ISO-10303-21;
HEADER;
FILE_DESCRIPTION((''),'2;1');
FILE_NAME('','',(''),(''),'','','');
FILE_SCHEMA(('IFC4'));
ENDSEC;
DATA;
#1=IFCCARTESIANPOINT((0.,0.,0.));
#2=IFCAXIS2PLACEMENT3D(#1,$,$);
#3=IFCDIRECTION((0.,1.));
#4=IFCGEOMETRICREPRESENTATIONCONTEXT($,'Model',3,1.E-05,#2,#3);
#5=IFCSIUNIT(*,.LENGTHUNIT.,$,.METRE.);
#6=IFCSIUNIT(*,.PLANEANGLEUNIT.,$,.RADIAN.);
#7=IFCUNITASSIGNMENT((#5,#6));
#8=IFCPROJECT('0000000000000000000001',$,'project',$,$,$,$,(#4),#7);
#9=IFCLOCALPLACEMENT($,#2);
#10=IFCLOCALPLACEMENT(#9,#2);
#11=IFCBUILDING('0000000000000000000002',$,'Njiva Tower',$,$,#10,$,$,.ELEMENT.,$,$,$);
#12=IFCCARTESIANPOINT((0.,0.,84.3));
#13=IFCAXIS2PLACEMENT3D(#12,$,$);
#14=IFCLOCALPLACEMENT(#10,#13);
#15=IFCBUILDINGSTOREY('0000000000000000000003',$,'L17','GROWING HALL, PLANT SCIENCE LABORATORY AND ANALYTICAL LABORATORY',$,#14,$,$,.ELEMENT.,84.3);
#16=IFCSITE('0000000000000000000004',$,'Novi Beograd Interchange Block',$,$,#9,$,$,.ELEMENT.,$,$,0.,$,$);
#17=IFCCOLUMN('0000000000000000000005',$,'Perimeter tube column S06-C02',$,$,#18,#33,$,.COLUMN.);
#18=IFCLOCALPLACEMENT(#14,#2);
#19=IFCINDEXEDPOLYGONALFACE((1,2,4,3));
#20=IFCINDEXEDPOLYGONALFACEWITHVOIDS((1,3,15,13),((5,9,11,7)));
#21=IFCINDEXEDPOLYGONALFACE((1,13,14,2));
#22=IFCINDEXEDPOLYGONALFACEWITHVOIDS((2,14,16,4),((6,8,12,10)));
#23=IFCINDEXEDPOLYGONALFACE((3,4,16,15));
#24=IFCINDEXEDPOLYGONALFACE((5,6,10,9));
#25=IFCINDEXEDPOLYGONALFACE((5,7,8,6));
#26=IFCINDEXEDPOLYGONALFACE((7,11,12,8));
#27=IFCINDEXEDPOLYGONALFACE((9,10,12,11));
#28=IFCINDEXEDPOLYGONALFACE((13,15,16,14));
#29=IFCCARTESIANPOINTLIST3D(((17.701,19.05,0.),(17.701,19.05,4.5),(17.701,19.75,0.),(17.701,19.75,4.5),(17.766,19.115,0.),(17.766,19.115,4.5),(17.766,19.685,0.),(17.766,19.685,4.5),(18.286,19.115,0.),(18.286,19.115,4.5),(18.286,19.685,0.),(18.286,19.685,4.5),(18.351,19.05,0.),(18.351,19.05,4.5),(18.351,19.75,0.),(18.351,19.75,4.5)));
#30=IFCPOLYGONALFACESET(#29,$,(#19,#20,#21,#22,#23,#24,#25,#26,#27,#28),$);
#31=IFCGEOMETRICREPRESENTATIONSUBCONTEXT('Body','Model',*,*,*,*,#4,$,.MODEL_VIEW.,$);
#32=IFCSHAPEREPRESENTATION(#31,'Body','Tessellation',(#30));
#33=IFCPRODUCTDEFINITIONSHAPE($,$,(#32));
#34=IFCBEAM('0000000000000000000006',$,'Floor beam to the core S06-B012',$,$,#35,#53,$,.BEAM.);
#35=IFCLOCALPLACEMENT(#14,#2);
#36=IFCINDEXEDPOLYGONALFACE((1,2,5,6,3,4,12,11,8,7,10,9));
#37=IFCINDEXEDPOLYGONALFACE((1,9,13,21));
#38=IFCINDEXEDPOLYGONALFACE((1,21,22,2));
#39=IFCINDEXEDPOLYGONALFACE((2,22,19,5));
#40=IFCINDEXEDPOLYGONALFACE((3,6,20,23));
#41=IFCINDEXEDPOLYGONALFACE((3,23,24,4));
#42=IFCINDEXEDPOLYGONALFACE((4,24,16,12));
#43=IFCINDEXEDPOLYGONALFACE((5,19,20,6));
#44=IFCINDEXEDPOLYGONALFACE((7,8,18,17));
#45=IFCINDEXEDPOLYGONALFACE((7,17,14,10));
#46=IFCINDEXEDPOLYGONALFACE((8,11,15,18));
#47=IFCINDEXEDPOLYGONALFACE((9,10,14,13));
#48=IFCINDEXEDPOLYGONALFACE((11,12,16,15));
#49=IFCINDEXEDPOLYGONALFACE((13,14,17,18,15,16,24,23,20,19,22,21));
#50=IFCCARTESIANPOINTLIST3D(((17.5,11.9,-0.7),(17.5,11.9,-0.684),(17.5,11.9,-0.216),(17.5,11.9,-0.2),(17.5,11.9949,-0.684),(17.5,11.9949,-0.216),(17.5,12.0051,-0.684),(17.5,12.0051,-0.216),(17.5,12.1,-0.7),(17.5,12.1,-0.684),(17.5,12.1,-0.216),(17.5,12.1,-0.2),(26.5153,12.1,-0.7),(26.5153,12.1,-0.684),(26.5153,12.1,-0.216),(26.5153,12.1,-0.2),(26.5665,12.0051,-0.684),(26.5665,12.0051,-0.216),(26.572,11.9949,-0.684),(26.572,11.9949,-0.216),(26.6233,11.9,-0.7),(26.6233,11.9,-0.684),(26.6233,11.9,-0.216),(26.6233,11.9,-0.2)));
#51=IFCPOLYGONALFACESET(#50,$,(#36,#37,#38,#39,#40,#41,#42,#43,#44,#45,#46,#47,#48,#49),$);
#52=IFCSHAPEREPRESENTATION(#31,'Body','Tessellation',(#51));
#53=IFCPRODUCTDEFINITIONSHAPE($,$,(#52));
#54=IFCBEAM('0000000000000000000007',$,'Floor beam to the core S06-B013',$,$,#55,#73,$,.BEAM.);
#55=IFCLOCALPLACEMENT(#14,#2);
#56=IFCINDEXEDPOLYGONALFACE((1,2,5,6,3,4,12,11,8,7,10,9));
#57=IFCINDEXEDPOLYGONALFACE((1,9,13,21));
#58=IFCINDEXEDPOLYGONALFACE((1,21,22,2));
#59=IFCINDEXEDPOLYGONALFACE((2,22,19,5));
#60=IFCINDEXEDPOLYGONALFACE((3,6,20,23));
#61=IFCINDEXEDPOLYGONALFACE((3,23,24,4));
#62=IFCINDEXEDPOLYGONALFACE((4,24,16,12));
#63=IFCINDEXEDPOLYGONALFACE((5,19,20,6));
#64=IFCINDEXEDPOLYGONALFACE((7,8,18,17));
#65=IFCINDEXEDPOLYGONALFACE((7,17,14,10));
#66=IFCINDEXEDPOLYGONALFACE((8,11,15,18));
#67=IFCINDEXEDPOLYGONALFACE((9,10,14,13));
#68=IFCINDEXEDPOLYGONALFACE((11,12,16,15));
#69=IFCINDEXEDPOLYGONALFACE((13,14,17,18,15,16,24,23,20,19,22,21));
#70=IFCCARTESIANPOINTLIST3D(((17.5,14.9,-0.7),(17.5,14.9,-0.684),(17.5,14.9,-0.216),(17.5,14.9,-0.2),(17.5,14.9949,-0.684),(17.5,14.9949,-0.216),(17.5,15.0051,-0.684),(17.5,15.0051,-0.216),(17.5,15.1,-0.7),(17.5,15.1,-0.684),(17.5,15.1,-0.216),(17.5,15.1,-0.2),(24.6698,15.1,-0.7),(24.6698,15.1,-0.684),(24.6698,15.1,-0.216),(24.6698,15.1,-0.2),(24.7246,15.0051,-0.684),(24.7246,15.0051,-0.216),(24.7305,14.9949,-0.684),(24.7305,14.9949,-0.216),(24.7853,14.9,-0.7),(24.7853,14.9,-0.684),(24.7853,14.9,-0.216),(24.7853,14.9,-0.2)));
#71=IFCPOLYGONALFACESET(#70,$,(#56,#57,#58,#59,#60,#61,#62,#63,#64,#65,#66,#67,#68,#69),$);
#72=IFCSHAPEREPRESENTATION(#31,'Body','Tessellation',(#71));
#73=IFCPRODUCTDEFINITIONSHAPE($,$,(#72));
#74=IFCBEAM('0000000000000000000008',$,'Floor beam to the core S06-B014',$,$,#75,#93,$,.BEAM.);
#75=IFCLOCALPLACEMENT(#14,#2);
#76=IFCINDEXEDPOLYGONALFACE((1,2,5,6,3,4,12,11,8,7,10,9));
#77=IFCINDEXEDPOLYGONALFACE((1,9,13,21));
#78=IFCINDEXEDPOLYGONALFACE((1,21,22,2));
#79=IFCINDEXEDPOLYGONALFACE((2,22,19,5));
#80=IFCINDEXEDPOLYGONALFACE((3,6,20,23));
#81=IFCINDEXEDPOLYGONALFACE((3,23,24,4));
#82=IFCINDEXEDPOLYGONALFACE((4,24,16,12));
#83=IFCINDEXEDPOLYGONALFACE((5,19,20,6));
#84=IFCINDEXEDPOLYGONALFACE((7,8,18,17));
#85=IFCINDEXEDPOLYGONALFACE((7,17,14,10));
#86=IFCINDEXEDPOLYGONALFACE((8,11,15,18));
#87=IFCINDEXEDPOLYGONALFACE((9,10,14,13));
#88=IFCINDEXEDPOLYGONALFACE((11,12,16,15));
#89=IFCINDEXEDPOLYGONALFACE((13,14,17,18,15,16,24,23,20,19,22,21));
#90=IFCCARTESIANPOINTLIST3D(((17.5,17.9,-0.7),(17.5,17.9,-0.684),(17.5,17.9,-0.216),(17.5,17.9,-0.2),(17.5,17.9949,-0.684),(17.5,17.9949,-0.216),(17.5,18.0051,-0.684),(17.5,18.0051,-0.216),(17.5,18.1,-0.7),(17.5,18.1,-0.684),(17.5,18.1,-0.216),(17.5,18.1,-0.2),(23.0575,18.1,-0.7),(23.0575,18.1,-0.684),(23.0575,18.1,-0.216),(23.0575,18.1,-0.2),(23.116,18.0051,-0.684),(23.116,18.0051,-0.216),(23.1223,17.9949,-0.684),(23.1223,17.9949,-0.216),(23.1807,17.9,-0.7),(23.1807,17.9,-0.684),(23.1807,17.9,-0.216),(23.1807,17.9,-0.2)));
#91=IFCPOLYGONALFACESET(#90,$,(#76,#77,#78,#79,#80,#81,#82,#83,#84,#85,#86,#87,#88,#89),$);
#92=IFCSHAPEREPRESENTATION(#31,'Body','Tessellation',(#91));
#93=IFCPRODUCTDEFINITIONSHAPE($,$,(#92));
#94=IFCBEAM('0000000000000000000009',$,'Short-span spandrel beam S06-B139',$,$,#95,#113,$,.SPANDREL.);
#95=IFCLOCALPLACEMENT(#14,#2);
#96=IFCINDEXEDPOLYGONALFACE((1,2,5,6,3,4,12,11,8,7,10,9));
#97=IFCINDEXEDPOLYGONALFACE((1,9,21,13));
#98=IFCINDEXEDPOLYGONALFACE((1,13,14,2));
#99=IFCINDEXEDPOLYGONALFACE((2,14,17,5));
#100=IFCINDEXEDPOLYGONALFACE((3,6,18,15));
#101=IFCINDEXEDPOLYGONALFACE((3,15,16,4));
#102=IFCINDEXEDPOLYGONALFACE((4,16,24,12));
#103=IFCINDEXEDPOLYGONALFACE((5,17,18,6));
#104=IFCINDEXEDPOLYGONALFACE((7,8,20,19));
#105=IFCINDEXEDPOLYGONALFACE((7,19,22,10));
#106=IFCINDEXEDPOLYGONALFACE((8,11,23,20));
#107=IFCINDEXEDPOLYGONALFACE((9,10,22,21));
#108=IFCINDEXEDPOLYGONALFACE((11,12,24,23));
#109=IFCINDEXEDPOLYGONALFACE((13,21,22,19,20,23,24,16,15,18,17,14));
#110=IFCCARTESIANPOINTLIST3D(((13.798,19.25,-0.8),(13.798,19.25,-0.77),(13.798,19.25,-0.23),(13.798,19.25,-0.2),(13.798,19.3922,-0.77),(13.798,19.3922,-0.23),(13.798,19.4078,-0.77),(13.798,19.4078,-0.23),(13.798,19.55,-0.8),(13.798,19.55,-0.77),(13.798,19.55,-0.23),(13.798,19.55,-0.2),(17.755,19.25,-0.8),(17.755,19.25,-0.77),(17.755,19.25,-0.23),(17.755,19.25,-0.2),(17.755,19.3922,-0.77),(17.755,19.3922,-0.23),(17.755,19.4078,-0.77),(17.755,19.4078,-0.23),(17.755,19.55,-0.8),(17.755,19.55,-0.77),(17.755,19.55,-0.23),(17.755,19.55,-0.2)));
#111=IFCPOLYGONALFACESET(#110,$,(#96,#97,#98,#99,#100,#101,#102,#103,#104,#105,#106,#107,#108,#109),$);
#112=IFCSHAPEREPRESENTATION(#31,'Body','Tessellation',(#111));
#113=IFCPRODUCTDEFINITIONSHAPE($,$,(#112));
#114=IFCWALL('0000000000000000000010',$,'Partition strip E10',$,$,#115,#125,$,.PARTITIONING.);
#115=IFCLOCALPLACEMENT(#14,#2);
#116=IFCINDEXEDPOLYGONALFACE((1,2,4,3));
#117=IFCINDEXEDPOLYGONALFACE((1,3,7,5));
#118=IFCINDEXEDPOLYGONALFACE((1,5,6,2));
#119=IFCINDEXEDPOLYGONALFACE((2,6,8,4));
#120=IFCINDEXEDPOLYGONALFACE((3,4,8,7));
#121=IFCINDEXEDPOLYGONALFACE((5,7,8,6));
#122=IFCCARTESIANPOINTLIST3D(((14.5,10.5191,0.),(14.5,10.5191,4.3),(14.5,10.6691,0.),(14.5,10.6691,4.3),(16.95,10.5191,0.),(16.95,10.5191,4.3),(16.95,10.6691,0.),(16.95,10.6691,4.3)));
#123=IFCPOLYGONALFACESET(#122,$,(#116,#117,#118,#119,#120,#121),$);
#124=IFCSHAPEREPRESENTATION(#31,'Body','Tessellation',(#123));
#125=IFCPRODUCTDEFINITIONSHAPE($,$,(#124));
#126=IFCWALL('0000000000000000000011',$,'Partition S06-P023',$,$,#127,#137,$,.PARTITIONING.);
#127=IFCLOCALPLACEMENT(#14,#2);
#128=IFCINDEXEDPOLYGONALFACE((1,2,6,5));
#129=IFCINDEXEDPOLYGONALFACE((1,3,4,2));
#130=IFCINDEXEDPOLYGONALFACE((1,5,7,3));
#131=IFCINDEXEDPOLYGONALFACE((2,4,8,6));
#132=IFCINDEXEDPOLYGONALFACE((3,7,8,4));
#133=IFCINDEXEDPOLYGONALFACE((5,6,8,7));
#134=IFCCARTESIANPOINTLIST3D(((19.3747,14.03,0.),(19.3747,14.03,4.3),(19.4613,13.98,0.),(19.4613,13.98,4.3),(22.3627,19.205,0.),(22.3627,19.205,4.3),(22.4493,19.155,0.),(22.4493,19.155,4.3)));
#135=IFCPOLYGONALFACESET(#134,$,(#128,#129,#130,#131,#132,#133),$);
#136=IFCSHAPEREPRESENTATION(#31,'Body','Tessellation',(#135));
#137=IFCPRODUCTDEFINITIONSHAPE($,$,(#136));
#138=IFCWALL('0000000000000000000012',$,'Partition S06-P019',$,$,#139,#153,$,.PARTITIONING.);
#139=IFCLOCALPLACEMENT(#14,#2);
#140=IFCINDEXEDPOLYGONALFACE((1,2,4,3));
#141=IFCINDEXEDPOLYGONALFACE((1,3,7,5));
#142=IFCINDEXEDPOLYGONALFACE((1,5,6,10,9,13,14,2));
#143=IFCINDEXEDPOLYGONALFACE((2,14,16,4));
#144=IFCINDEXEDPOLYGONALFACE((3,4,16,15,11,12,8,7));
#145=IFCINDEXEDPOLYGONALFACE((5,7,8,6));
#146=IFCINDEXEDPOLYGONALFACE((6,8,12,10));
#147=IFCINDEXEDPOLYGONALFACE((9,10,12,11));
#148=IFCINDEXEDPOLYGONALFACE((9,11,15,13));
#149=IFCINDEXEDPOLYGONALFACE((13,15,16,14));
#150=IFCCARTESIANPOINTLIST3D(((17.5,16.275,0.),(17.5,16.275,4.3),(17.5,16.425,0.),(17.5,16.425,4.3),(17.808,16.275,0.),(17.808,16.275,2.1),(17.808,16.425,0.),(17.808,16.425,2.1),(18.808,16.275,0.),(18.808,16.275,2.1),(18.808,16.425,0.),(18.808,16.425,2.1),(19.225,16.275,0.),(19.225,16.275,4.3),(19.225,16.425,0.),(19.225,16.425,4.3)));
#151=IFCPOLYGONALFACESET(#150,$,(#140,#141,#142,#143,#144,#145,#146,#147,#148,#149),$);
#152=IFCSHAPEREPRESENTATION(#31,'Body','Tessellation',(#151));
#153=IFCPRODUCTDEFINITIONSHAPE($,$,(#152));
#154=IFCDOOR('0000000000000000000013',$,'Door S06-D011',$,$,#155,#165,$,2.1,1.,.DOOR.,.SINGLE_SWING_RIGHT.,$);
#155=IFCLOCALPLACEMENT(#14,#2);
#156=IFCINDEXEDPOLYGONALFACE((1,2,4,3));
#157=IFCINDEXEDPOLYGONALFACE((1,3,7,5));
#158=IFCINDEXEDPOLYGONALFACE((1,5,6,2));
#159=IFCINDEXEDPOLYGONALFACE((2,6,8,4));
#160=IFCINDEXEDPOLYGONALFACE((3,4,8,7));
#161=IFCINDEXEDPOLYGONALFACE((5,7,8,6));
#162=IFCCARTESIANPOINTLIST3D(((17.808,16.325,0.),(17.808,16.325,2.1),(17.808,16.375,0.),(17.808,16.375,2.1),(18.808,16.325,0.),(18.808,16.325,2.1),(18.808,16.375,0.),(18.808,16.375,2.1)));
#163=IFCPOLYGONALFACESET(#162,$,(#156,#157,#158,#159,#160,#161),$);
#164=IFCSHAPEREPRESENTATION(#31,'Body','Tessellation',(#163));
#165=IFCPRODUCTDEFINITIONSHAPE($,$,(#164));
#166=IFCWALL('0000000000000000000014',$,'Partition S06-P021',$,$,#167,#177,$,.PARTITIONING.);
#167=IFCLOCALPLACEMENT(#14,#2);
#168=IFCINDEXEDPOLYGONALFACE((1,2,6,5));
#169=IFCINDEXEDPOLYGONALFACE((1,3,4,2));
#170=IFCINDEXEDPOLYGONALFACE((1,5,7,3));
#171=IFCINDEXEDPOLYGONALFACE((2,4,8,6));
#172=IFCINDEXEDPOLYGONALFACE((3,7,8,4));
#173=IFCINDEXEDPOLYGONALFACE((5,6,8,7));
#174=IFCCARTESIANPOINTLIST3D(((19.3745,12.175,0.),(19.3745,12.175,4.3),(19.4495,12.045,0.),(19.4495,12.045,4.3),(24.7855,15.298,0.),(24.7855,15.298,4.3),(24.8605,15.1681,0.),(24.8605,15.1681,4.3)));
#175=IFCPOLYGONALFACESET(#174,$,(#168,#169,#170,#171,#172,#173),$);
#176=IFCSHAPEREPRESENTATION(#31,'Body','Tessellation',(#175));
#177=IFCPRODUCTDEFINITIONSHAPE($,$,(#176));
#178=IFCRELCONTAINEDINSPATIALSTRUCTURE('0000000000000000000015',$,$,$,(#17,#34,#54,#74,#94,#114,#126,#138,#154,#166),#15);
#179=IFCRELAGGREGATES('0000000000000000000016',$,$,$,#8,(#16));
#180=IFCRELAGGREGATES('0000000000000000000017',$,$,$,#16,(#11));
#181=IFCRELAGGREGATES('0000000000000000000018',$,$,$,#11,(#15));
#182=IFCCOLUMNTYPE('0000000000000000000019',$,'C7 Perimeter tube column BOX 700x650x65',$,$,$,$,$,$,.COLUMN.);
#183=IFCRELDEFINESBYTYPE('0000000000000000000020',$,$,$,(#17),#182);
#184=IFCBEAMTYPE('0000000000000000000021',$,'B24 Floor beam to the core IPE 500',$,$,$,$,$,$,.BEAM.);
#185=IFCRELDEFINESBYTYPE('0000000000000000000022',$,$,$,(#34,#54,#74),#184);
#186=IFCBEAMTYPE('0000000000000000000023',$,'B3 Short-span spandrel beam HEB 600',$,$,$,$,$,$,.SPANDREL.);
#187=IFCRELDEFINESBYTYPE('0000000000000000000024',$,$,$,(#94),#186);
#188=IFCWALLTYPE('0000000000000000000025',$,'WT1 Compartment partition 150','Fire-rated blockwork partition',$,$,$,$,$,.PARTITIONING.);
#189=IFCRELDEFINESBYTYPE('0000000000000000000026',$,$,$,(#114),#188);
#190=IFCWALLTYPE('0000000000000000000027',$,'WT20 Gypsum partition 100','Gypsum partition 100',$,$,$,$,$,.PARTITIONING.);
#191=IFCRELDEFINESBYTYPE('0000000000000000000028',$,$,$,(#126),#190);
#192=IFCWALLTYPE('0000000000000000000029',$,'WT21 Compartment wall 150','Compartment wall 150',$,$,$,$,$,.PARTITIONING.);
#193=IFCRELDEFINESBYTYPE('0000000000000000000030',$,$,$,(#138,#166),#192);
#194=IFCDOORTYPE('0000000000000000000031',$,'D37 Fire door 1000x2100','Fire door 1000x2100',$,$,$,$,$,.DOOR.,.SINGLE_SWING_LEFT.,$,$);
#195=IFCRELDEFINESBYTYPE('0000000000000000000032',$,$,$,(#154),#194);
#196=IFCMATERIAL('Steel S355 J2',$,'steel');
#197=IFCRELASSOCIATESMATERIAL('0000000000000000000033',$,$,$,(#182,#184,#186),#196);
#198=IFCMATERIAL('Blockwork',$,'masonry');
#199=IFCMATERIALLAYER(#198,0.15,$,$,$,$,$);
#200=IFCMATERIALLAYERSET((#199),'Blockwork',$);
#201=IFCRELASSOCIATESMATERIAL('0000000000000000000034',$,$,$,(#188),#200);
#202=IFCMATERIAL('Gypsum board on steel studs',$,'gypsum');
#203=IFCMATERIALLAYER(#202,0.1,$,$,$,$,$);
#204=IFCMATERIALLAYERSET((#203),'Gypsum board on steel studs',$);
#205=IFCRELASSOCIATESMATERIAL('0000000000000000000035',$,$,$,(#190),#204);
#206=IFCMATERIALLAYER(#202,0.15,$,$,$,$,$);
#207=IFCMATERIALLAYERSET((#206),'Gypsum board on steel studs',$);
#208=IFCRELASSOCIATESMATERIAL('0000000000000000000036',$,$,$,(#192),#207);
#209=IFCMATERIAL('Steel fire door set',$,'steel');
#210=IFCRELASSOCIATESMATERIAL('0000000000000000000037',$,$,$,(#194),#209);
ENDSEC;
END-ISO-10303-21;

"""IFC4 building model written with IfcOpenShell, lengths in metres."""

from ifc_helpers import new_model, si_unit, direction, frame, frame_2d, origin, origin_2d, place, context, subcontext, project, spatial, rectangle, hollow_rectangle, i_section, extrude, clip, halfspace, material, layer, layer_set, material_profile, profile_set, type_object, element, fill, save


model = new_model("IFC4")

# Units and contexts
model_context = context("Model", 3, precision=1e-05, world=origin(), true_north=direction((0.0, 1.0)))
body_context = subcontext(model_context, "Body", "Model", "MODEL_VIEW")
ifc_project = project(units=[si_unit("LENGTHUNIT", "METRE"), si_unit("PLANEANGLEUNIT", "RADIAN")], contexts=[model_context])

# Site, building, storey
site_placement = place(None, origin())
site = spatial("IfcSite", under=ifc_project, at=site_placement, Name="Novi Beograd Interchange Block", CompositionType="ELEMENT", RefElevation=0.0)
building_placement = place(site_placement, origin())
building = spatial("IfcBuilding", under=site, at=building_placement, Name="Njiva Tower", CompositionType="ELEMENT")
storey_placement = place(building_placement, frame((0.0, 0.0, 84.3)))
storey = spatial("IfcBuildingStorey", under=building, at=storey_placement, Name="L17", Description="GROWING HALL, PLANT SCIENCE LABORATORY AND ANALYTICAL LABORATORY", CompositionType="ELEMENT", Elevation=84.3)

# Column
ifc_material_1 = material(Name="Steel S355 J2", Category="steel")
ifc_material_profile_1 = material_profile(ifc_material_1, hollow_rectangle(XDim=0.65, YDim=0.7, WallThickness=0.065, at=origin_2d()), Name="BOX 700x650x65")
ifc_profile_set_1 = profile_set([ifc_material_profile_1], Name="Steel S355 J2")
column_type = type_object("IfcColumnType", Name="C7 Perimeter tube column BOX 700x650x65", PredefinedType="COLUMN", material=ifc_profile_set_1)
column_placement = place(storey_placement, frame((18.026, 19.4, 0.0), z_axis=(0.0, 0.0, 1.0), x_axis=(-1.0, 0.0, 0.0)))
element("IfcColumn", 1, at=column_placement, inside=storey, type_object=column_type, Name="Perimeter tube column S06-C02", PredefinedType="COLUMN", context=body_context, shape_type="SweptSolid", body=[
    extrude(hollow_rectangle(XDim=0.65, YDim=0.7, WallThickness=0.065, at=origin_2d()), origin(), (0.0, 0.0, 1.0), 4.5),
])

# Beams
ifc_material_profile_2 = material_profile(ifc_material_1, i_section(OverallWidth=0.2, OverallDepth=0.5, WebThickness=0.0102, FlangeThickness=0.016, at=origin_2d()), Name="IPE 500")
ifc_profile_set_2 = profile_set([ifc_material_profile_2], Name="Steel S355 J2")
beam_type_1 = type_object("IfcBeamType", Name="B24 Floor beam to the core IPE 500", PredefinedType="BEAM", material=ifc_profile_set_2)
beam_1_placement = place(storey_placement, frame((17.5, 12.0, -0.45), z_axis=(1.0, 0.0, 0.0), x_axis=(0.0, 1.0, 0.0)))
element("IfcBeam", 2, at=beam_1_placement, inside=storey, type_object=beam_type_1, Name="Floor beam to the core S06-B012", PredefinedType="BEAM", context=body_context, shape_type="Clipping", body=[
    clip(extrude(i_section(OverallWidth=0.2, OverallDepth=0.5, WebThickness=0.0102, FlangeThickness=0.016, at=origin_2d()), origin(), (0.0, 0.0, 1.0), 9.143), halfspace(frame((0.0238, 0.0, 9.0564), z_axis=(0.47516, 0.0, 0.8799), x_axis=(0.0, 1.0, 0.0)), False)),
])
beam_2_placement = place(storey_placement, frame((17.5, 15.0, -0.45), z_axis=(1.0, 0.0, 0.0), x_axis=(0.0, 1.0, 0.0)))
element("IfcBeam", 3, at=beam_2_placement, inside=storey, type_object=beam_type_1, Name="Floor beam to the core S06-B013", PredefinedType="BEAM", context=body_context, shape_type="Clipping", body=[
    clip(extrude(i_section(OverallWidth=0.2, OverallDepth=0.5, WebThickness=0.0102, FlangeThickness=0.016, at=origin_2d()), origin(), (0.0, 0.0, 1.0), 7.306), halfspace(frame((0.025, 0.0, 7.2131), z_axis=(0.499998, 0.0, 0.866027), x_axis=(0.0, 1.0, 0.0)), False)),
])
beam_3_placement = place(storey_placement, frame((17.5, 18.0, -0.45), z_axis=(1.0, 0.0, 0.0), x_axis=(0.0, 1.0, 0.0)))
element("IfcBeam", 4, at=beam_3_placement, inside=storey, type_object=beam_type_1, Name="Floor beam to the core S06-B014", PredefinedType="BEAM", context=body_context, shape_type="Clipping", body=[
    clip(extrude(i_section(OverallWidth=0.2, OverallDepth=0.5, WebThickness=0.0102, FlangeThickness=0.016, at=origin_2d()), origin(), (0.0, 0.0, 1.0), 5.701), halfspace(frame((0.0262, 0.0, 5.603), z_axis=(0.524439, 0.0, 0.851448), x_axis=(0.0, 1.0, 0.0)), False)),
])
ifc_material_profile_3 = material_profile(ifc_material_1, i_section(OverallWidth=0.3, OverallDepth=0.6, WebThickness=0.0155, FlangeThickness=0.03, at=origin_2d()), Name="HEB 600")
ifc_profile_set_3 = profile_set([ifc_material_profile_3], Name="Steel S355 J2")
beam_type_2 = type_object("IfcBeamType", Name="B3 Short-span spandrel beam HEB 600", PredefinedType="SPANDREL", material=ifc_profile_set_3)
beam_4_placement = place(storey_placement, frame((17.755, 19.4, -0.5), z_axis=(-1.0, 0.0, 0.0), x_axis=(0.0, -1.0, 0.0)))
element("IfcBeam", 5, at=beam_4_placement, inside=storey, type_object=beam_type_2, Name="Short-span spandrel beam S06-B139", PredefinedType="SPANDREL", context=body_context, shape_type="SweptSolid", body=[
    extrude(i_section(OverallWidth=0.3, OverallDepth=0.6, WebThickness=0.0155, FlangeThickness=0.03, at=origin_2d()), origin(), (0.0, 0.0, 1.0), 3.957),
])

# Walls
ifc_material_2 = material(Name="Blockwork", Category="masonry")
ifc_layer_1 = layer(ifc_material_2, 0.15)
ifc_layer_set_1 = layer_set([ifc_layer_1], Name="Blockwork")
wall_type_1 = type_object("IfcWallType", Name="WT1 Compartment partition 150", Description="Fire-rated blockwork partition", PredefinedType="PARTITIONING", material=ifc_layer_set_1)
wall_1_placement = place(storey_placement, frame((14.5, 10.5941, 0.0), z_axis=(0.0, 0.0, 1.0), x_axis=(1.0, 0.0, 0.0)))
element("IfcWall", 6, at=wall_1_placement, inside=storey, type_object=wall_type_1, Name="Partition strip E10", PredefinedType="PARTITIONING", context=body_context, shape_type="SweptSolid", body=[
    extrude(rectangle(XDim=2.45, YDim=0.15, at=frame_2d((1.225, 0.0))), origin(), (0.0, 0.0, 1.0), 4.3),
])
ifc_material_3 = material(Name="Gypsum board on steel studs", Category="gypsum")
ifc_layer_2 = layer(ifc_material_3, 0.1)
ifc_layer_set_2 = layer_set([ifc_layer_2], Name="Gypsum board on steel studs")
wall_type_2 = type_object("IfcWallType", Name="WT20 Gypsum partition 100", Description="Gypsum partition 100", PredefinedType="PARTITIONING", material=ifc_layer_set_2)
wall_2_placement = place(storey_placement, frame((19.418, 14.005, 0.0), z_axis=(0.0, 0.0, 1.0), x_axis=(0.500027, 0.86601, 0.0)))
element("IfcWall", 7, at=wall_2_placement, inside=storey, type_object=wall_type_2, Name="Partition S06-P023", PredefinedType="PARTITIONING", context=body_context, shape_type="SweptSolid", body=[
    extrude(rectangle(XDim=5.9757, YDim=0.1, at=frame_2d((2.9878, 0.0))), origin(), (0.0, 0.0, 1.0), 4.3),
])

# Wall, opening, door
ifc_layer_3 = layer(ifc_material_3, 0.15)
ifc_layer_set_3 = layer_set([ifc_layer_3], Name="Gypsum board on steel studs")
wall_type_3 = type_object("IfcWallType", Name="WT21 Compartment wall 150", Description="Compartment wall 150", PredefinedType="PARTITIONING", material=ifc_layer_set_3)
wall_3_placement = place(storey_placement, frame((17.5, 16.35, 0.0), z_axis=(0.0, 0.0, 1.0), x_axis=(1.0, 0.0, 0.0)))
wall_3 = element("IfcWall", 8, at=wall_3_placement, inside=storey, type_object=wall_type_3, Name="Partition S06-P019", PredefinedType="PARTITIONING", context=body_context, shape_type="SweptSolid", body=[
    extrude(rectangle(XDim=1.725, YDim=0.15, at=frame_2d((0.8625, 0.0))), origin(), (0.0, 0.0, 1.0), 4.3),
])
opening_placement = place(wall_3_placement, frame((0.308, 0.0, 0.0)))
opening = element("IfcOpeningElement", 9, at=opening_placement, cuts=wall_3, PredefinedType="OPENING", context=body_context, shape_type="SweptSolid", body=[
    extrude(rectangle(XDim=1.0, YDim=2.1, at=frame_2d((0.5, 1.05))), frame((0.0, 0.085, 0.0), z_axis=(0.0, -1.0, 0.0), x_axis=(1.0, 0.0, 0.0)), (0.0, 0.0, 1.0), 0.17),
])
ifc_material_4 = material(Name="Steel fire door set", Category="steel")
door_type = type_object("IfcDoorType", Name="D37 Fire door 1000x2100", Description="Fire door 1000x2100", OperationType="SINGLE_SWING_LEFT", PredefinedType="DOOR", material=ifc_material_4)
door_placement = place(opening_placement, origin())
door = element("IfcDoor", 10, at=door_placement, inside=storey, type_object=door_type, Name="Door S06-D011", OperationType="SINGLE_SWING_RIGHT", OverallHeight=2.1, OverallWidth=1.0, PredefinedType="DOOR", context=body_context, shape_type="SweptSolid", body=[
    extrude(rectangle(XDim=1.0, YDim=2.1, at=frame_2d((0.5, 1.05))), frame((0.0, 0.025, 0.0), z_axis=(0.0, -1.0, 0.0), x_axis=(1.0, 0.0, 0.0)), (0.0, 0.0, 1.0), 0.05),
])
fill(opening, door)

# Wall
wall_4_placement = place(storey_placement, frame((19.412, 12.11, 0.0), z_axis=(0.0, 0.0, 1.0), x_axis=(0.866098, 0.499875, 0.0)))
element("IfcWall", 11, at=wall_4_placement, inside=storey, type_object=wall_type_3, Name="Partition S06-P021", PredefinedType="PARTITIONING", context=body_context, shape_type="SweptSolid", body=[
    extrude(rectangle(XDim=6.2476, YDim=0.15, at=frame_2d((3.1238, 0.0))), origin(), (0.0, 0.0, 1.0), 4.3),
])

save(model, "model.ifc")
